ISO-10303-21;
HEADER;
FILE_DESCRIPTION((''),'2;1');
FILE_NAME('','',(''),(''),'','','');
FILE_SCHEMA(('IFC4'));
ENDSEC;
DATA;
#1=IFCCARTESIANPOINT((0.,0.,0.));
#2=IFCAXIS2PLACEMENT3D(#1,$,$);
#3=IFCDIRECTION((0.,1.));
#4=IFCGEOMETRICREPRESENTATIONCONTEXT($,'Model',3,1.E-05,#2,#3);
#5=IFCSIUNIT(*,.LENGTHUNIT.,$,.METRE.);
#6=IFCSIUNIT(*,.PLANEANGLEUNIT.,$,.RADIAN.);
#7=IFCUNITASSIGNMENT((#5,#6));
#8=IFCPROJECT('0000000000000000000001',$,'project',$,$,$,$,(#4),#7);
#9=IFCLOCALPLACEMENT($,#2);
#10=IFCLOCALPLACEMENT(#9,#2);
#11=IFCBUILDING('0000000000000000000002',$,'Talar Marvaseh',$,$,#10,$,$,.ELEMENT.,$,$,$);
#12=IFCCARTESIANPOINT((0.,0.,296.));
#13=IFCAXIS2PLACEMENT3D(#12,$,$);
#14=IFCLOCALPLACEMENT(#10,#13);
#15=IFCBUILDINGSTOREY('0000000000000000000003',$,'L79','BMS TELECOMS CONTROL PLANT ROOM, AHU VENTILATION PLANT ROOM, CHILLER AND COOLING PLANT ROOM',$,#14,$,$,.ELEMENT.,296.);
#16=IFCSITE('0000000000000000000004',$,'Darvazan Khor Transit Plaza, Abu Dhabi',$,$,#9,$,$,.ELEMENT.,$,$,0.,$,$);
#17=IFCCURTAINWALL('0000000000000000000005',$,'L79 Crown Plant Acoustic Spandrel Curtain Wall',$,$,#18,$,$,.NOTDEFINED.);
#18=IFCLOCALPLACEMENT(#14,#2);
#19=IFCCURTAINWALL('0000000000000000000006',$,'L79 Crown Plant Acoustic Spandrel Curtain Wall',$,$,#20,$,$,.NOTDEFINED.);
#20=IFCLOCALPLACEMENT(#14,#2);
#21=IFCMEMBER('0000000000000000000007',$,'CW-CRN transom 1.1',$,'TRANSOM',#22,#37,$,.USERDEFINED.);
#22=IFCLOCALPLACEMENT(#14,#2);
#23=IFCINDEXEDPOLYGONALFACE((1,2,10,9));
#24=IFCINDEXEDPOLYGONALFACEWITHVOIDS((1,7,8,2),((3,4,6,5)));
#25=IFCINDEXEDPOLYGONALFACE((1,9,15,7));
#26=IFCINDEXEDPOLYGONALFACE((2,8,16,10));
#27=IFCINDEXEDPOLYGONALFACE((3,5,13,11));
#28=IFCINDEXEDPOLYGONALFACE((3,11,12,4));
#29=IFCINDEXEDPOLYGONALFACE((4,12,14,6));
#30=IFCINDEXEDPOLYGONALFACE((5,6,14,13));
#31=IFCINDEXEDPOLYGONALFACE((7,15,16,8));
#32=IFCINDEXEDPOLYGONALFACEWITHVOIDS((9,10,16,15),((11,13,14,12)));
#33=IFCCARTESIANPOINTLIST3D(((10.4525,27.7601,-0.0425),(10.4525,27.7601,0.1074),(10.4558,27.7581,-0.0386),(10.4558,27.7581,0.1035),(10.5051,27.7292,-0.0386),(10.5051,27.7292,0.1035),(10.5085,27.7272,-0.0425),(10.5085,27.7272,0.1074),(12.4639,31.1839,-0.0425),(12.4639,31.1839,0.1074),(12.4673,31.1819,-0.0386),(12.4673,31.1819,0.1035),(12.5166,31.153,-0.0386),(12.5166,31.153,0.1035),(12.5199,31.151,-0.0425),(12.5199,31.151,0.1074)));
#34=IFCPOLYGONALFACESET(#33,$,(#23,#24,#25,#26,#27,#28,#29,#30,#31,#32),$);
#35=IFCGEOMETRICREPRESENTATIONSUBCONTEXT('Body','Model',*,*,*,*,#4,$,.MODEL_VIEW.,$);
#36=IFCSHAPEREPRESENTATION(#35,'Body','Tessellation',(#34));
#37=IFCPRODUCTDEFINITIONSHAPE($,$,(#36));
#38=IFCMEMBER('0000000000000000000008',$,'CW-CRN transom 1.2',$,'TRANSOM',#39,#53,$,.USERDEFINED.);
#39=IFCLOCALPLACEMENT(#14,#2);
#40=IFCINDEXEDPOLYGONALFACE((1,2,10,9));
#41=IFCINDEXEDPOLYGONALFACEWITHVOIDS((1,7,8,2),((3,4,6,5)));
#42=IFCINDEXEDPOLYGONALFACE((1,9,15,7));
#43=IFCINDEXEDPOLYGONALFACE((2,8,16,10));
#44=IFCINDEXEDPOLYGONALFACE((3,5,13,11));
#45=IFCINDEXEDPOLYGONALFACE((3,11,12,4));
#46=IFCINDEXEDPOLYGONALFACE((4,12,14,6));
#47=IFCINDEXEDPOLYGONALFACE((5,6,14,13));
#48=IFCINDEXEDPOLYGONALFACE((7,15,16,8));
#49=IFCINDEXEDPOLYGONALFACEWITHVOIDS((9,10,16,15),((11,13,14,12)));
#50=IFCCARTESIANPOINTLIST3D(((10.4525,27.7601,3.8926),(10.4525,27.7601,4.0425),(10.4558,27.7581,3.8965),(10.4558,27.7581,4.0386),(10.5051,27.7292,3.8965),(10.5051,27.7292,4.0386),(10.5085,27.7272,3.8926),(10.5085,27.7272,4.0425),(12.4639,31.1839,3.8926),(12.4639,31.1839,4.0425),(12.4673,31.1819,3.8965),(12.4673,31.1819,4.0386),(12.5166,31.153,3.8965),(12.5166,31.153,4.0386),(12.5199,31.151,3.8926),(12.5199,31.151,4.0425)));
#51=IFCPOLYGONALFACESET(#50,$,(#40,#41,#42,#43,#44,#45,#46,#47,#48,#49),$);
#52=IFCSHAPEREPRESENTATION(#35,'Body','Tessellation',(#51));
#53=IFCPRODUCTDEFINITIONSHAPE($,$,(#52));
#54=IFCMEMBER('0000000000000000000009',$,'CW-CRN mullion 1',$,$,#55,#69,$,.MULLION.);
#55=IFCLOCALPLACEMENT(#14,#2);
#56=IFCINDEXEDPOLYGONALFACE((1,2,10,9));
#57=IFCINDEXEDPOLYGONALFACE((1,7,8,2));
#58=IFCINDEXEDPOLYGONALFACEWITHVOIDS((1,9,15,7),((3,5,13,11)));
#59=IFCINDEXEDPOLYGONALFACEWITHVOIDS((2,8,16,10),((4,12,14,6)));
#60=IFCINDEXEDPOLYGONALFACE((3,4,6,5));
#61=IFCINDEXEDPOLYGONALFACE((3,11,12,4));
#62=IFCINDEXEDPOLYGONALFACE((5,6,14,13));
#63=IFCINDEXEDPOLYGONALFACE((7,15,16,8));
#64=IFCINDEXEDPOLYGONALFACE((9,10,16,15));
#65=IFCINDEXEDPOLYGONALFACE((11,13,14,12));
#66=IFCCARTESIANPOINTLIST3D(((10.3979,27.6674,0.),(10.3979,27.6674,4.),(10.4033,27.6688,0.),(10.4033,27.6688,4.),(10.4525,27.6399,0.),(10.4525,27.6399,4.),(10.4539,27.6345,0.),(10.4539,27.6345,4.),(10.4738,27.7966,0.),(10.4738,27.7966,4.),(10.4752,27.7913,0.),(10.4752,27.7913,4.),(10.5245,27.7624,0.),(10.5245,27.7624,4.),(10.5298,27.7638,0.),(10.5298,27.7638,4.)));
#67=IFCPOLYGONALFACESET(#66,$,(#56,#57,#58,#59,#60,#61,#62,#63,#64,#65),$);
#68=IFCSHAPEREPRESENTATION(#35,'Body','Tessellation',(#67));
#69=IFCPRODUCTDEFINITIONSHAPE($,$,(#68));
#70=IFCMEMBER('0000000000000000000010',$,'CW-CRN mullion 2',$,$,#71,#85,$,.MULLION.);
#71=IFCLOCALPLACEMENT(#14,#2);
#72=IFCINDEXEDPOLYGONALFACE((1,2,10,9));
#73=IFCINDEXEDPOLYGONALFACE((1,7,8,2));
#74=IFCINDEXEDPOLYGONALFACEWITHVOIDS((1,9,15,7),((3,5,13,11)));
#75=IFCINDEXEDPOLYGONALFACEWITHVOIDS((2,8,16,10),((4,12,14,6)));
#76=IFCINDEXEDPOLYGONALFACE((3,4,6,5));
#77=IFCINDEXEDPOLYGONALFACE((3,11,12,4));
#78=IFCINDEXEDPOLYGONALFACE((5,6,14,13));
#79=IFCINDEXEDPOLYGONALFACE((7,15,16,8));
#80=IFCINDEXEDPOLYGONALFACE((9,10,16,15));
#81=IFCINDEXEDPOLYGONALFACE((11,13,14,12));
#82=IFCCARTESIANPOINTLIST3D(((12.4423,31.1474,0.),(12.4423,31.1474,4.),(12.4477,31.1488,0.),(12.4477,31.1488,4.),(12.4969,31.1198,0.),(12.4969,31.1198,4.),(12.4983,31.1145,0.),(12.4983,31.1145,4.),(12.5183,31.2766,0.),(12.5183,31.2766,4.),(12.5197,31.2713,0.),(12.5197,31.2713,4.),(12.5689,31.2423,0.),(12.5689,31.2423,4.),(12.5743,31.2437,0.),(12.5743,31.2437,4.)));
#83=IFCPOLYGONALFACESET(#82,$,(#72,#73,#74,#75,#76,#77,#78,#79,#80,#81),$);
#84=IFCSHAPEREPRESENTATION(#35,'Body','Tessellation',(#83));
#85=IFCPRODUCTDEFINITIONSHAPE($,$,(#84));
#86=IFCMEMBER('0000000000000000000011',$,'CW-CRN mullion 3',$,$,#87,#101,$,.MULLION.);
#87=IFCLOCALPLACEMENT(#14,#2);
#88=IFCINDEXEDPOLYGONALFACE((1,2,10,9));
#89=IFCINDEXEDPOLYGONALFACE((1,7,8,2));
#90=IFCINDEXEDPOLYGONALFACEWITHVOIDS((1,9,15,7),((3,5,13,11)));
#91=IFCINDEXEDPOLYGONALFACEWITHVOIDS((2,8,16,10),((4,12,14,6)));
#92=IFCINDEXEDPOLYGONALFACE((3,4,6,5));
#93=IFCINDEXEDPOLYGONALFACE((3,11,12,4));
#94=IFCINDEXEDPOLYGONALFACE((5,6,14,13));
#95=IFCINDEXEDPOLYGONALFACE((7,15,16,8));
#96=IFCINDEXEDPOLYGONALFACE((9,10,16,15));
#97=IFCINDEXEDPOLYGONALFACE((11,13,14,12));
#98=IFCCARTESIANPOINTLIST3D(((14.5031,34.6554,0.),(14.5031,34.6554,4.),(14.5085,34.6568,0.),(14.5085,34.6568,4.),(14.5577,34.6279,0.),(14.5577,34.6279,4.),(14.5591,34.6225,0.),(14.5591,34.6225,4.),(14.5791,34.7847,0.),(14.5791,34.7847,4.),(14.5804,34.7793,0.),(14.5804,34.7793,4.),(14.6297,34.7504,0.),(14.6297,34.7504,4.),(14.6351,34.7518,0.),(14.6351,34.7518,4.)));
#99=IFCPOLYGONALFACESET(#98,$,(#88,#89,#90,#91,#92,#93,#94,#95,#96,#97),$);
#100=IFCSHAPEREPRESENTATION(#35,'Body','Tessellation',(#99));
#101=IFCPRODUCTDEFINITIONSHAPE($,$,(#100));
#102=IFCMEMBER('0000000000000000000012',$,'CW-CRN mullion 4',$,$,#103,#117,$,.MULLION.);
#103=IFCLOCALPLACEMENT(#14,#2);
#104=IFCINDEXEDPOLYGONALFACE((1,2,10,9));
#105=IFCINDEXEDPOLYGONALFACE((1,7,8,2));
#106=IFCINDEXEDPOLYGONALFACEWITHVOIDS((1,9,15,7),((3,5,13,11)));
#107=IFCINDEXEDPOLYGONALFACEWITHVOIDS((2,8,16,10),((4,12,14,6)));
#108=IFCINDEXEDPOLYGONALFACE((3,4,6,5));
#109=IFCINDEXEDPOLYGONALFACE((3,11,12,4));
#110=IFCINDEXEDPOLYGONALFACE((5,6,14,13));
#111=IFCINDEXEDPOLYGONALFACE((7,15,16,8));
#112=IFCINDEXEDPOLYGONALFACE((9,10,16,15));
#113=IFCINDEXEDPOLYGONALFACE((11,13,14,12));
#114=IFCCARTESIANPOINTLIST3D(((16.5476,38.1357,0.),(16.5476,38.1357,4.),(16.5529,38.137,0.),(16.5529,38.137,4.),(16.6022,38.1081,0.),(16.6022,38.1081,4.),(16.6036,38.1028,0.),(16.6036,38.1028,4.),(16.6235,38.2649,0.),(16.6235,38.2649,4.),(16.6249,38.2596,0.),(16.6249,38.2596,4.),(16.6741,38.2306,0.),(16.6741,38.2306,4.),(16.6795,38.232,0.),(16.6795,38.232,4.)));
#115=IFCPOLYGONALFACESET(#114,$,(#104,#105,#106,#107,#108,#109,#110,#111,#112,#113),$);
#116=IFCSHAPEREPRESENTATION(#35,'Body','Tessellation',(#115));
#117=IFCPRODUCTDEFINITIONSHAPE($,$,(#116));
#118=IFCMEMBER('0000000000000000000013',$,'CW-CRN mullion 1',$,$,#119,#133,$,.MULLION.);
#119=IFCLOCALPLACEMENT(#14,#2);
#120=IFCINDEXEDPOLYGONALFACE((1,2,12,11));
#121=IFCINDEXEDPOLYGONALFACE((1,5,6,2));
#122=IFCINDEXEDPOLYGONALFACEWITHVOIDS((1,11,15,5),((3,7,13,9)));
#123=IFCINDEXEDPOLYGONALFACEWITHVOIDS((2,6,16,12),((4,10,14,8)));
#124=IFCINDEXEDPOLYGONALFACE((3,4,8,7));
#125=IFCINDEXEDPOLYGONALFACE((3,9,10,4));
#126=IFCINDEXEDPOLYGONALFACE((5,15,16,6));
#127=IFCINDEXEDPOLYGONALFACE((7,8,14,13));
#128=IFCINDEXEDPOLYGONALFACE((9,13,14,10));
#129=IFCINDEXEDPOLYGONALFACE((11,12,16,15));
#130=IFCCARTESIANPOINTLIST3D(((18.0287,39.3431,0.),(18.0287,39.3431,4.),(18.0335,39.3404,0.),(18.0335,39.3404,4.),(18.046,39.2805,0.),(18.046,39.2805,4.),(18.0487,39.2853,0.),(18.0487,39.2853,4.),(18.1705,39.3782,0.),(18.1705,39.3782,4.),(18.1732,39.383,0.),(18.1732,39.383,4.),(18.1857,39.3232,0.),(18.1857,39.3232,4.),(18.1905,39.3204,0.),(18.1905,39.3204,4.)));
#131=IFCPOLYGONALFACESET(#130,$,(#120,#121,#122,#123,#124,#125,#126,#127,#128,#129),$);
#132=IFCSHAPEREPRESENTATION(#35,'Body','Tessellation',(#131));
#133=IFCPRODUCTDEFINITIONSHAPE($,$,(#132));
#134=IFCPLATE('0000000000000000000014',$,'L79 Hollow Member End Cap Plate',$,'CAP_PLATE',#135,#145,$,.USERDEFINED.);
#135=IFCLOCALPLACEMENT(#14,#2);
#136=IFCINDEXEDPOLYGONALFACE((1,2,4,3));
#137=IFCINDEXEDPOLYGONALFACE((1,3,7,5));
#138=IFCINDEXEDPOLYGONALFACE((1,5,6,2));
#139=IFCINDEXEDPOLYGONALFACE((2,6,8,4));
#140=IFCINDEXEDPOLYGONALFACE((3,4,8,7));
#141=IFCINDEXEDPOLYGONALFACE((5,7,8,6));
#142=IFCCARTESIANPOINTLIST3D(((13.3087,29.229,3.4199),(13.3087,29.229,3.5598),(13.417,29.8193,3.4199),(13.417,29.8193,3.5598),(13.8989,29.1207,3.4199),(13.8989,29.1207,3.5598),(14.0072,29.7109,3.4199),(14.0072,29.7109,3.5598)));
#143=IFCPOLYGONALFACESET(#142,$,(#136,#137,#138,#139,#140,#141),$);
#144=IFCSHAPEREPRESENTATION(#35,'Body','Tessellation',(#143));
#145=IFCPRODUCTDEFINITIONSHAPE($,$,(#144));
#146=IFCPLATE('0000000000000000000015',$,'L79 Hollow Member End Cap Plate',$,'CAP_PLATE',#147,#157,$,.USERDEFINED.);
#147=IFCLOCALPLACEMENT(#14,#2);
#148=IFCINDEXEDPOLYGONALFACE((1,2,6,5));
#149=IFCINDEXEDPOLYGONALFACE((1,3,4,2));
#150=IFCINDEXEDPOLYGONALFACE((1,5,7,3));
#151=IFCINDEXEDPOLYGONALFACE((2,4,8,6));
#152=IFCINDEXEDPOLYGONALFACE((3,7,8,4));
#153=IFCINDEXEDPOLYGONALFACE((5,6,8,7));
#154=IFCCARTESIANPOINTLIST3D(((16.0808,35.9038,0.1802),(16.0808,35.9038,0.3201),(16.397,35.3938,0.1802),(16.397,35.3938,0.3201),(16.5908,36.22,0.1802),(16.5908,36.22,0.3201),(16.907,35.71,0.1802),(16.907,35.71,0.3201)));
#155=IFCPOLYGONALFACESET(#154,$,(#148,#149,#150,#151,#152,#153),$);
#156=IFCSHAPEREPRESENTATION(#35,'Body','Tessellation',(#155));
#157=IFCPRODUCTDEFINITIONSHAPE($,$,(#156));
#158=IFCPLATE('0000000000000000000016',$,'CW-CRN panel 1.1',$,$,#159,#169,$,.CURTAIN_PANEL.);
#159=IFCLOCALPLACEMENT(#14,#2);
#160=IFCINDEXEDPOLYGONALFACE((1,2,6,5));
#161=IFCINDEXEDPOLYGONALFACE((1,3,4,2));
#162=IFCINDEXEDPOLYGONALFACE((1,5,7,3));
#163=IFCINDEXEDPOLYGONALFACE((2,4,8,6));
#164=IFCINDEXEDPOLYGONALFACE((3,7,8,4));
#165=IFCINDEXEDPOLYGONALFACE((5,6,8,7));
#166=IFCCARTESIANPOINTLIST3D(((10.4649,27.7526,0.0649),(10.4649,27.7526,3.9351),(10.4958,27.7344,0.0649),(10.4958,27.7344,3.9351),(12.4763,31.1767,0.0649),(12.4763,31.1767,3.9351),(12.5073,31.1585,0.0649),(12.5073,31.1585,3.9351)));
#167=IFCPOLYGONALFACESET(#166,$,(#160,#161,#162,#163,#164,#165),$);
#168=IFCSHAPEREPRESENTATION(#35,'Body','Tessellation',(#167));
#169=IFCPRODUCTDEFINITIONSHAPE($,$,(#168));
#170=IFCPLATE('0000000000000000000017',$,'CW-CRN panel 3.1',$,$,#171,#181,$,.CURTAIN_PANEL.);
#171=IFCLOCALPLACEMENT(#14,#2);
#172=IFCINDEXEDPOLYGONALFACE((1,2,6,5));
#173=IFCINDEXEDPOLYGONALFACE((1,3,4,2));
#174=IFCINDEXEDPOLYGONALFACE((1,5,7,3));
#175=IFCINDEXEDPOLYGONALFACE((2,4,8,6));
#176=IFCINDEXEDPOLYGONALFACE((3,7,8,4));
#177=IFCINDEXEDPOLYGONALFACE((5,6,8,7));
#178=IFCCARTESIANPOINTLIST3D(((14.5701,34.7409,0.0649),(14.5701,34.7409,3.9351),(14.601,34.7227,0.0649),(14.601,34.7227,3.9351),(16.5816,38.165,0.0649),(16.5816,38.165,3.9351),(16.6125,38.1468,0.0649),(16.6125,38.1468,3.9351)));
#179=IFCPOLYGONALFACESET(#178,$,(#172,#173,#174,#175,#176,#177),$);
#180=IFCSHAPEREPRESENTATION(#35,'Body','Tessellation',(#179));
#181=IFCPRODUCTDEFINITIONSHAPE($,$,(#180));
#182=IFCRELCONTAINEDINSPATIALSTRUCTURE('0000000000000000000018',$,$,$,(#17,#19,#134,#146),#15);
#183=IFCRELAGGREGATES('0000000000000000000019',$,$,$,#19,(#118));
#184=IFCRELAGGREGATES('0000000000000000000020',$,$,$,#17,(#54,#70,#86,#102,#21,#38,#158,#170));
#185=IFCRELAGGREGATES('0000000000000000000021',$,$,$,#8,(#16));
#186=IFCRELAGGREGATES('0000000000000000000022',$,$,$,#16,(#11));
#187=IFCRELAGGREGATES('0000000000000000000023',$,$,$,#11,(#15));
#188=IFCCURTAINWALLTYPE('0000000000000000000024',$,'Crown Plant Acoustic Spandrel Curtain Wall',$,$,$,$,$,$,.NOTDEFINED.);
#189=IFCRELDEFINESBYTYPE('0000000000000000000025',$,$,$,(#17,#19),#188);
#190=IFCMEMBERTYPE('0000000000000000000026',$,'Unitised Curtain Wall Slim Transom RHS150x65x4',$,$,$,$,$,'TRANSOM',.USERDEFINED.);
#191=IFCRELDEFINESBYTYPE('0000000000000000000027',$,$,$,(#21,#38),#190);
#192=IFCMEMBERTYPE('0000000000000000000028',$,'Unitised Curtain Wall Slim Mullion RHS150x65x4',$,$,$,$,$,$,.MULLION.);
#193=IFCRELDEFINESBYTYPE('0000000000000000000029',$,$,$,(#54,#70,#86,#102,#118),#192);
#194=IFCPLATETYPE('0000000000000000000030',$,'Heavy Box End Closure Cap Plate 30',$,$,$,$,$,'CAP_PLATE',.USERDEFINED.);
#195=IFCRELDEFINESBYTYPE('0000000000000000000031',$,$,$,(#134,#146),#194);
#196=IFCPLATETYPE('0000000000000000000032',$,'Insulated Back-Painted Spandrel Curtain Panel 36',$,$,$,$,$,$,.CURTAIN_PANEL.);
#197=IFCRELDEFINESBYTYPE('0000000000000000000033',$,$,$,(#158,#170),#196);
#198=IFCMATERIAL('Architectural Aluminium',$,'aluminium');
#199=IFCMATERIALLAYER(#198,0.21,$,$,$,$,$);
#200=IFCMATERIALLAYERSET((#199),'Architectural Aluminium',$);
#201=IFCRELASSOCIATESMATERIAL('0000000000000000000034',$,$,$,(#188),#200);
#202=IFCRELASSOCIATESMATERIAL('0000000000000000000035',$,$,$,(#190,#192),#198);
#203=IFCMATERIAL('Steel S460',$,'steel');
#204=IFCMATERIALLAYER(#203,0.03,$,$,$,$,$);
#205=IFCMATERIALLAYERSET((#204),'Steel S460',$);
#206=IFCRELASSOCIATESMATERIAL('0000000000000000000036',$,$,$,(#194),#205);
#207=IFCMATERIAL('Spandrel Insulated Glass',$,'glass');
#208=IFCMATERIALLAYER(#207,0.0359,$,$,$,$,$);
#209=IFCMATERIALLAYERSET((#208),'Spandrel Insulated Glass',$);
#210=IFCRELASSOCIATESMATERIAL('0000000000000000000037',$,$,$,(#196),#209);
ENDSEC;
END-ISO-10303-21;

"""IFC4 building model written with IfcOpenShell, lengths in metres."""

from ifc_helpers import new_model, si_unit, direction, frame, origin, origin_2d, place, context, subcontext, project, spatial, rectangle, hollow_rectangle, extrude, source, transform, mapped, material, layer, layer_set, material_profile, profile_set, type_object, type_shapes, element, aggregate, save


model = new_model("IFC4")

# Units and contexts
model_context = context("Model", 3, precision=1e-05, world=origin(), true_north=direction((0.0, 1.0)))
body_context = subcontext(model_context, "Body", "Model", "MODEL_VIEW")
ifc_project = project(units=[si_unit("LENGTHUNIT", "METRE"), si_unit("PLANEANGLEUNIT", "RADIAN")], contexts=[model_context])

# Site, building, storey
site_placement = place(None, origin())
site = spatial("IfcSite", under=ifc_project, at=site_placement, Name="Darvazan Khor Transit Plaza, Abu Dhabi", CompositionType="ELEMENT", RefElevation=0.0)
building_placement = place(site_placement, origin())
building = spatial("IfcBuilding", under=site, at=building_placement, Name="Talar Marvaseh", CompositionType="ELEMENT")
storey_placement = place(building_placement, frame((0.0, 0.0, 296.0)))
storey = spatial("IfcBuildingStorey", under=building, at=storey_placement, Name="L79", Description="BMS TELECOMS CONTROL PLANT ROOM, AHU VENTILATION PLANT ROOM, CHILLER AND COOLING PLANT ROOM", CompositionType="ELEMENT", Elevation=296.0)

# Shared definitions
ifc_material_1 = material(Name="Steel S460", Category="steel")

# Curtain walls
ifc_material_2 = material(Name="Architectural Aluminium", Category="aluminium")
ifc_layer_1 = layer(ifc_material_2, 0.21)
ifc_layer_set_1 = layer_set([ifc_layer_1], Name="Architectural Aluminium")
curtain_wall_type = type_object("IfcCurtainWallType", Name="Crown Plant Acoustic Spandrel Curtain Wall", PredefinedType="NOTDEFINED", material=ifc_layer_set_1)
curtain_wall_1_placement = place(storey_placement, origin())
curtain_wall_1 = element("IfcCurtainWall", 1, at=curtain_wall_1_placement, inside=storey, type_object=curtain_wall_type, Name="L79 Crown Plant Acoustic Spandrel Curtain Wall", PredefinedType="NOTDEFINED")
ifc_material_profile_1 = material_profile(ifc_material_2, hollow_rectangle(XDim=0.0649, YDim=0.1499, WallThickness=0.0039, at=origin_2d()), Name="RHS150x65x4")
ifc_profile_set_1 = profile_set([ifc_material_profile_1], Name="Architectural Aluminium")
member_type_1 = type_object("IfcMemberType", Name="Unitised Curtain Wall Slim Transom RHS150x65x4", ElementType="TRANSOM", PredefinedType="USERDEFINED", material=ifc_profile_set_1)
curtain_wall_2_placement = place(storey_placement, origin())
curtain_wall_2 = element("IfcCurtainWall", 2, at=curtain_wall_2_placement, inside=storey, type_object=curtain_wall_type, Name="L79 Crown Plant Acoustic Spandrel Curtain Wall", PredefinedType="NOTDEFINED")

# Members
shared_shape_1 = source(origin(), body_context, "Body", "SweptSolid", [
    extrude(hollow_rectangle(XDim=0.0649, YDim=0.1499, WallThickness=0.0039, at=origin_2d()), origin(), (0.0, 0.0, 1.0), 3.9709),
])
member_1_placement = place(storey_placement, frame((10.4805, 27.7437, 0.0325), z_axis=(0.506544, 0.862214, 0.0), x_axis=(-0.862214, 0.506544, 0.0)))
member_1 = element("IfcMember", 3, at=member_1_placement, type_object=member_type_1, Name="CW-CRN transom 1.1", ObjectType="TRANSOM", PredefinedType="USERDEFINED", context=body_context, shape_type="MappedRepresentation", body=[
    mapped(shared_shape_1, transform((0.0, 0.0, 0.0), x_axis=(1.0, 0.0, 0.0), y_axis=(0.0, 1.0, 0.0), z_axis=(0.0, 0.0, 1.0), scale=1.0)),
])
member_2_placement = place(storey_placement, frame((10.4805, 27.7437, 3.9675), z_axis=(0.506544, 0.862214, 0.0), x_axis=(-0.862214, 0.506544, 0.0)))
member_2 = element("IfcMember", 4, at=member_2_placement, type_object=member_type_1, Name="CW-CRN transom 1.2", ObjectType="TRANSOM", PredefinedType="USERDEFINED", context=body_context, shape_type="MappedRepresentation", body=[
    mapped(shared_shape_1, transform((0.0, 0.0, 0.0), x_axis=(1.0, 0.0, 0.0), y_axis=(0.0, 1.0, 0.0), z_axis=(0.0, 0.0, 1.0), scale=1.0)),
])
ifc_material_profile_2 = material_profile(ifc_material_2, hollow_rectangle(XDim=0.0649, YDim=0.1499, WallThickness=0.0039, at=origin_2d()), Name="RHS150x65x4")
ifc_profile_set_2 = profile_set([ifc_material_profile_2], Name="Architectural Aluminium")
member_type_2 = type_object("IfcMemberType", Name="Unitised Curtain Wall Slim Mullion RHS150x65x4", PredefinedType="MULLION", material=ifc_profile_set_2)
shared_shape_2 = source(origin(), body_context, "Body", "SweptSolid", [
    extrude(hollow_rectangle(XDim=0.0649, YDim=0.1499, WallThickness=0.0039, at=origin_2d()), origin(), (0.0, 0.0, 1.0), 4.0),
])
type_shapes(member_type_2, [shared_shape_2])
member_3_placement = place(storey_placement, frame((10.4639, 27.7156, 0.0), z_axis=(0.0, 0.0, 1.0), x_axis=(-0.86223, 0.506517, 0.0)))
member_3 = element("IfcMember", 5, at=member_3_placement, type_object=member_type_2, Name="CW-CRN mullion 1", PredefinedType="MULLION", context=body_context, shape_type="MappedRepresentation", body=[
    mapped(shared_shape_2, transform((0.0, 0.0, 0.0), x_axis=(1.0, 0.0, 0.0), y_axis=(0.0, 1.0, 0.0), z_axis=(0.0, 0.0, 1.0), scale=1.0)),
])
member_4_placement = place(storey_placement, frame((12.5083, 31.1956, 0.0), z_axis=(0.0, 0.0, 1.0), x_axis=(-0.86223, 0.506517, 0.0)))
member_4 = element("IfcMember", 6, at=member_4_placement, type_object=member_type_2, Name="CW-CRN mullion 2", PredefinedType="MULLION", context=body_context, shape_type="MappedRepresentation", body=[
    mapped(shared_shape_2, transform((0.0, 0.0, 0.0), x_axis=(1.0, 0.0, 0.0), y_axis=(0.0, 1.0, 0.0), z_axis=(0.0, 0.0, 1.0), scale=1.0)),
])
member_5_placement = place(storey_placement, frame((14.5691, 34.7036, 0.0), z_axis=(0.0, 0.0, 1.0), x_axis=(-0.86223, 0.506517, 0.0)))
member_5 = element("IfcMember", 7, at=member_5_placement, type_object=member_type_2, Name="CW-CRN mullion 3", PredefinedType="MULLION", context=body_context, shape_type="MappedRepresentation", body=[
    mapped(shared_shape_2, transform((0.0, 0.0, 0.0), x_axis=(1.0, 0.0, 0.0), y_axis=(0.0, 1.0, 0.0), z_axis=(0.0, 0.0, 1.0), scale=1.0)),
])
member_6_placement = place(storey_placement, frame((16.6135, 38.1838, 0.0), z_axis=(0.0, 0.0, 1.0), x_axis=(-0.86223, 0.506517, 0.0)))
member_6 = element("IfcMember", 8, at=member_6_placement, type_object=member_type_2, Name="CW-CRN mullion 4", PredefinedType="MULLION", context=body_context, shape_type="MappedRepresentation", body=[
    mapped(shared_shape_2, transform((0.0, 0.0, 0.0), x_axis=(1.0, 0.0, 0.0), y_axis=(0.0, 1.0, 0.0), z_axis=(0.0, 0.0, 1.0), scale=1.0)),
])
member_7_placement = place(storey_placement, frame((18.1096, 39.3318, 0.0), z_axis=(0.0, 0.0, 1.0), x_axis=(-0.266091, 0.963948, 0.0)))
member_7 = element("IfcMember", 9, at=member_7_placement, type_object=member_type_2, Name="CW-CRN mullion 1", PredefinedType="MULLION", context=body_context, shape_type="MappedRepresentation", body=[
    mapped(shared_shape_2, transform((0.0, 0.0, 0.0), x_axis=(1.0, 0.0, 0.0), y_axis=(0.0, 1.0, 0.0), z_axis=(0.0, 0.0, 1.0), scale=1.0)),
])
aggregate(curtain_wall_2, [member_7])

# Plates
ifc_layer_2 = layer(ifc_material_1, 0.03)
ifc_layer_set_2 = layer_set([ifc_layer_2], Name="Steel S460")
plate_type_1 = type_object("IfcPlateType", Name="Heavy Box End Closure Cap Plate 30", ElementType="CAP_PLATE", PredefinedType="USERDEFINED", material=ifc_layer_set_2)
shared_shape_3 = source(origin(), body_context, "Body", "SweptSolid", [
    extrude(rectangle(XDim=0.6001, YDim=0.6001, at=origin_2d()), origin(), (0.0, 0.0, 1.0), 0.1399),
])
type_shapes(plate_type_1, [shared_shape_3])
for number, where, z_axis, x_axis, name in (
    (10, (13.658, 29.47, 3.4199), (0.0, 0.0, 1.0), (0.180519, 0.983571, 0.0), "L79 Hollow Member End Cap Plate"),
    (11, (16.4939, 35.8069, 0.1802), (0.0, 0.0, 1.0), (0.849893, 0.526956, 0.0), "L79 Hollow Member End Cap Plate"),
):
    element("IfcPlate", number, at=place(storey_placement, frame(where, z_axis=z_axis, x_axis=x_axis)), inside=storey, type_object=plate_type_1, Name=name, ObjectType="CAP_PLATE", PredefinedType="USERDEFINED", context=body_context, shape_type="MappedRepresentation", body=[
        mapped(shared_shape_3, transform((0.0, 0.0, 0.0), x_axis=(1.0, 0.0, 0.0), y_axis=(0.0, 1.0, 0.0), z_axis=(0.0, 0.0, 1.0), scale=1.0)),
    ])

# Plates
ifc_material_3 = material(Name="Spandrel Insulated Glass", Category="glass")
ifc_layer_3 = layer(ifc_material_3, 0.0359)
ifc_layer_set_3 = layer_set([ifc_layer_3], Name="Spandrel Insulated Glass")
plate_type_2 = type_object("IfcPlateType", Name="Insulated Back-Painted Spandrel Curtain Panel 36", PredefinedType="CURTAIN_PANEL", material=ifc_layer_set_3)
shared_shape_4 = source(origin(), body_context, "Body", "SweptSolid", [
    extrude(rectangle(XDim=3.9712, YDim=0.0359, at=origin_2d()), origin(), (0.0, 0.0, 1.0), 3.8701),
])
plate_1_placement = place(storey_placement, frame((11.4861, 29.4556, 0.0649), z_axis=(0.0, 0.0, 1.0), x_axis=(0.506517, 0.86223, 0.0)))
plate_1 = element("IfcPlate", 12, at=plate_1_placement, type_object=plate_type_2, Name="CW-CRN panel 1.1", PredefinedType="CURTAIN_PANEL", context=body_context, shape_type="MappedRepresentation", body=[
    mapped(shared_shape_4, transform((0.0, 0.0, 0.0), x_axis=(1.0, 0.0, 0.0), y_axis=(0.0, 1.0, 0.0), z_axis=(0.0, 0.0, 1.0), scale=1.0)),
])
plate_2_placement = place(storey_placement, frame((15.5913, 36.4438, 0.0649), z_axis=(0.0, 0.0, 1.0), x_axis=(0.506517, 0.86223, 0.0)))
plate_2 = element("IfcPlate", 13, at=plate_2_placement, type_object=plate_type_2, Name="CW-CRN panel 3.1", PredefinedType="CURTAIN_PANEL", context=body_context, shape_type="MappedRepresentation", body=[
    mapped(shared_shape_4, transform((0.0, 0.0, 0.0), x_axis=(1.0, 0.0, 0.0), y_axis=(0.0, 1.0, 0.0), z_axis=(0.0, 0.0, 1.0), scale=1.0)),
])
aggregate(curtain_wall_1, [member_3, member_4, member_5, member_6, member_1, member_2, plate_1, plate_2])

save(model, "model.ifc")
